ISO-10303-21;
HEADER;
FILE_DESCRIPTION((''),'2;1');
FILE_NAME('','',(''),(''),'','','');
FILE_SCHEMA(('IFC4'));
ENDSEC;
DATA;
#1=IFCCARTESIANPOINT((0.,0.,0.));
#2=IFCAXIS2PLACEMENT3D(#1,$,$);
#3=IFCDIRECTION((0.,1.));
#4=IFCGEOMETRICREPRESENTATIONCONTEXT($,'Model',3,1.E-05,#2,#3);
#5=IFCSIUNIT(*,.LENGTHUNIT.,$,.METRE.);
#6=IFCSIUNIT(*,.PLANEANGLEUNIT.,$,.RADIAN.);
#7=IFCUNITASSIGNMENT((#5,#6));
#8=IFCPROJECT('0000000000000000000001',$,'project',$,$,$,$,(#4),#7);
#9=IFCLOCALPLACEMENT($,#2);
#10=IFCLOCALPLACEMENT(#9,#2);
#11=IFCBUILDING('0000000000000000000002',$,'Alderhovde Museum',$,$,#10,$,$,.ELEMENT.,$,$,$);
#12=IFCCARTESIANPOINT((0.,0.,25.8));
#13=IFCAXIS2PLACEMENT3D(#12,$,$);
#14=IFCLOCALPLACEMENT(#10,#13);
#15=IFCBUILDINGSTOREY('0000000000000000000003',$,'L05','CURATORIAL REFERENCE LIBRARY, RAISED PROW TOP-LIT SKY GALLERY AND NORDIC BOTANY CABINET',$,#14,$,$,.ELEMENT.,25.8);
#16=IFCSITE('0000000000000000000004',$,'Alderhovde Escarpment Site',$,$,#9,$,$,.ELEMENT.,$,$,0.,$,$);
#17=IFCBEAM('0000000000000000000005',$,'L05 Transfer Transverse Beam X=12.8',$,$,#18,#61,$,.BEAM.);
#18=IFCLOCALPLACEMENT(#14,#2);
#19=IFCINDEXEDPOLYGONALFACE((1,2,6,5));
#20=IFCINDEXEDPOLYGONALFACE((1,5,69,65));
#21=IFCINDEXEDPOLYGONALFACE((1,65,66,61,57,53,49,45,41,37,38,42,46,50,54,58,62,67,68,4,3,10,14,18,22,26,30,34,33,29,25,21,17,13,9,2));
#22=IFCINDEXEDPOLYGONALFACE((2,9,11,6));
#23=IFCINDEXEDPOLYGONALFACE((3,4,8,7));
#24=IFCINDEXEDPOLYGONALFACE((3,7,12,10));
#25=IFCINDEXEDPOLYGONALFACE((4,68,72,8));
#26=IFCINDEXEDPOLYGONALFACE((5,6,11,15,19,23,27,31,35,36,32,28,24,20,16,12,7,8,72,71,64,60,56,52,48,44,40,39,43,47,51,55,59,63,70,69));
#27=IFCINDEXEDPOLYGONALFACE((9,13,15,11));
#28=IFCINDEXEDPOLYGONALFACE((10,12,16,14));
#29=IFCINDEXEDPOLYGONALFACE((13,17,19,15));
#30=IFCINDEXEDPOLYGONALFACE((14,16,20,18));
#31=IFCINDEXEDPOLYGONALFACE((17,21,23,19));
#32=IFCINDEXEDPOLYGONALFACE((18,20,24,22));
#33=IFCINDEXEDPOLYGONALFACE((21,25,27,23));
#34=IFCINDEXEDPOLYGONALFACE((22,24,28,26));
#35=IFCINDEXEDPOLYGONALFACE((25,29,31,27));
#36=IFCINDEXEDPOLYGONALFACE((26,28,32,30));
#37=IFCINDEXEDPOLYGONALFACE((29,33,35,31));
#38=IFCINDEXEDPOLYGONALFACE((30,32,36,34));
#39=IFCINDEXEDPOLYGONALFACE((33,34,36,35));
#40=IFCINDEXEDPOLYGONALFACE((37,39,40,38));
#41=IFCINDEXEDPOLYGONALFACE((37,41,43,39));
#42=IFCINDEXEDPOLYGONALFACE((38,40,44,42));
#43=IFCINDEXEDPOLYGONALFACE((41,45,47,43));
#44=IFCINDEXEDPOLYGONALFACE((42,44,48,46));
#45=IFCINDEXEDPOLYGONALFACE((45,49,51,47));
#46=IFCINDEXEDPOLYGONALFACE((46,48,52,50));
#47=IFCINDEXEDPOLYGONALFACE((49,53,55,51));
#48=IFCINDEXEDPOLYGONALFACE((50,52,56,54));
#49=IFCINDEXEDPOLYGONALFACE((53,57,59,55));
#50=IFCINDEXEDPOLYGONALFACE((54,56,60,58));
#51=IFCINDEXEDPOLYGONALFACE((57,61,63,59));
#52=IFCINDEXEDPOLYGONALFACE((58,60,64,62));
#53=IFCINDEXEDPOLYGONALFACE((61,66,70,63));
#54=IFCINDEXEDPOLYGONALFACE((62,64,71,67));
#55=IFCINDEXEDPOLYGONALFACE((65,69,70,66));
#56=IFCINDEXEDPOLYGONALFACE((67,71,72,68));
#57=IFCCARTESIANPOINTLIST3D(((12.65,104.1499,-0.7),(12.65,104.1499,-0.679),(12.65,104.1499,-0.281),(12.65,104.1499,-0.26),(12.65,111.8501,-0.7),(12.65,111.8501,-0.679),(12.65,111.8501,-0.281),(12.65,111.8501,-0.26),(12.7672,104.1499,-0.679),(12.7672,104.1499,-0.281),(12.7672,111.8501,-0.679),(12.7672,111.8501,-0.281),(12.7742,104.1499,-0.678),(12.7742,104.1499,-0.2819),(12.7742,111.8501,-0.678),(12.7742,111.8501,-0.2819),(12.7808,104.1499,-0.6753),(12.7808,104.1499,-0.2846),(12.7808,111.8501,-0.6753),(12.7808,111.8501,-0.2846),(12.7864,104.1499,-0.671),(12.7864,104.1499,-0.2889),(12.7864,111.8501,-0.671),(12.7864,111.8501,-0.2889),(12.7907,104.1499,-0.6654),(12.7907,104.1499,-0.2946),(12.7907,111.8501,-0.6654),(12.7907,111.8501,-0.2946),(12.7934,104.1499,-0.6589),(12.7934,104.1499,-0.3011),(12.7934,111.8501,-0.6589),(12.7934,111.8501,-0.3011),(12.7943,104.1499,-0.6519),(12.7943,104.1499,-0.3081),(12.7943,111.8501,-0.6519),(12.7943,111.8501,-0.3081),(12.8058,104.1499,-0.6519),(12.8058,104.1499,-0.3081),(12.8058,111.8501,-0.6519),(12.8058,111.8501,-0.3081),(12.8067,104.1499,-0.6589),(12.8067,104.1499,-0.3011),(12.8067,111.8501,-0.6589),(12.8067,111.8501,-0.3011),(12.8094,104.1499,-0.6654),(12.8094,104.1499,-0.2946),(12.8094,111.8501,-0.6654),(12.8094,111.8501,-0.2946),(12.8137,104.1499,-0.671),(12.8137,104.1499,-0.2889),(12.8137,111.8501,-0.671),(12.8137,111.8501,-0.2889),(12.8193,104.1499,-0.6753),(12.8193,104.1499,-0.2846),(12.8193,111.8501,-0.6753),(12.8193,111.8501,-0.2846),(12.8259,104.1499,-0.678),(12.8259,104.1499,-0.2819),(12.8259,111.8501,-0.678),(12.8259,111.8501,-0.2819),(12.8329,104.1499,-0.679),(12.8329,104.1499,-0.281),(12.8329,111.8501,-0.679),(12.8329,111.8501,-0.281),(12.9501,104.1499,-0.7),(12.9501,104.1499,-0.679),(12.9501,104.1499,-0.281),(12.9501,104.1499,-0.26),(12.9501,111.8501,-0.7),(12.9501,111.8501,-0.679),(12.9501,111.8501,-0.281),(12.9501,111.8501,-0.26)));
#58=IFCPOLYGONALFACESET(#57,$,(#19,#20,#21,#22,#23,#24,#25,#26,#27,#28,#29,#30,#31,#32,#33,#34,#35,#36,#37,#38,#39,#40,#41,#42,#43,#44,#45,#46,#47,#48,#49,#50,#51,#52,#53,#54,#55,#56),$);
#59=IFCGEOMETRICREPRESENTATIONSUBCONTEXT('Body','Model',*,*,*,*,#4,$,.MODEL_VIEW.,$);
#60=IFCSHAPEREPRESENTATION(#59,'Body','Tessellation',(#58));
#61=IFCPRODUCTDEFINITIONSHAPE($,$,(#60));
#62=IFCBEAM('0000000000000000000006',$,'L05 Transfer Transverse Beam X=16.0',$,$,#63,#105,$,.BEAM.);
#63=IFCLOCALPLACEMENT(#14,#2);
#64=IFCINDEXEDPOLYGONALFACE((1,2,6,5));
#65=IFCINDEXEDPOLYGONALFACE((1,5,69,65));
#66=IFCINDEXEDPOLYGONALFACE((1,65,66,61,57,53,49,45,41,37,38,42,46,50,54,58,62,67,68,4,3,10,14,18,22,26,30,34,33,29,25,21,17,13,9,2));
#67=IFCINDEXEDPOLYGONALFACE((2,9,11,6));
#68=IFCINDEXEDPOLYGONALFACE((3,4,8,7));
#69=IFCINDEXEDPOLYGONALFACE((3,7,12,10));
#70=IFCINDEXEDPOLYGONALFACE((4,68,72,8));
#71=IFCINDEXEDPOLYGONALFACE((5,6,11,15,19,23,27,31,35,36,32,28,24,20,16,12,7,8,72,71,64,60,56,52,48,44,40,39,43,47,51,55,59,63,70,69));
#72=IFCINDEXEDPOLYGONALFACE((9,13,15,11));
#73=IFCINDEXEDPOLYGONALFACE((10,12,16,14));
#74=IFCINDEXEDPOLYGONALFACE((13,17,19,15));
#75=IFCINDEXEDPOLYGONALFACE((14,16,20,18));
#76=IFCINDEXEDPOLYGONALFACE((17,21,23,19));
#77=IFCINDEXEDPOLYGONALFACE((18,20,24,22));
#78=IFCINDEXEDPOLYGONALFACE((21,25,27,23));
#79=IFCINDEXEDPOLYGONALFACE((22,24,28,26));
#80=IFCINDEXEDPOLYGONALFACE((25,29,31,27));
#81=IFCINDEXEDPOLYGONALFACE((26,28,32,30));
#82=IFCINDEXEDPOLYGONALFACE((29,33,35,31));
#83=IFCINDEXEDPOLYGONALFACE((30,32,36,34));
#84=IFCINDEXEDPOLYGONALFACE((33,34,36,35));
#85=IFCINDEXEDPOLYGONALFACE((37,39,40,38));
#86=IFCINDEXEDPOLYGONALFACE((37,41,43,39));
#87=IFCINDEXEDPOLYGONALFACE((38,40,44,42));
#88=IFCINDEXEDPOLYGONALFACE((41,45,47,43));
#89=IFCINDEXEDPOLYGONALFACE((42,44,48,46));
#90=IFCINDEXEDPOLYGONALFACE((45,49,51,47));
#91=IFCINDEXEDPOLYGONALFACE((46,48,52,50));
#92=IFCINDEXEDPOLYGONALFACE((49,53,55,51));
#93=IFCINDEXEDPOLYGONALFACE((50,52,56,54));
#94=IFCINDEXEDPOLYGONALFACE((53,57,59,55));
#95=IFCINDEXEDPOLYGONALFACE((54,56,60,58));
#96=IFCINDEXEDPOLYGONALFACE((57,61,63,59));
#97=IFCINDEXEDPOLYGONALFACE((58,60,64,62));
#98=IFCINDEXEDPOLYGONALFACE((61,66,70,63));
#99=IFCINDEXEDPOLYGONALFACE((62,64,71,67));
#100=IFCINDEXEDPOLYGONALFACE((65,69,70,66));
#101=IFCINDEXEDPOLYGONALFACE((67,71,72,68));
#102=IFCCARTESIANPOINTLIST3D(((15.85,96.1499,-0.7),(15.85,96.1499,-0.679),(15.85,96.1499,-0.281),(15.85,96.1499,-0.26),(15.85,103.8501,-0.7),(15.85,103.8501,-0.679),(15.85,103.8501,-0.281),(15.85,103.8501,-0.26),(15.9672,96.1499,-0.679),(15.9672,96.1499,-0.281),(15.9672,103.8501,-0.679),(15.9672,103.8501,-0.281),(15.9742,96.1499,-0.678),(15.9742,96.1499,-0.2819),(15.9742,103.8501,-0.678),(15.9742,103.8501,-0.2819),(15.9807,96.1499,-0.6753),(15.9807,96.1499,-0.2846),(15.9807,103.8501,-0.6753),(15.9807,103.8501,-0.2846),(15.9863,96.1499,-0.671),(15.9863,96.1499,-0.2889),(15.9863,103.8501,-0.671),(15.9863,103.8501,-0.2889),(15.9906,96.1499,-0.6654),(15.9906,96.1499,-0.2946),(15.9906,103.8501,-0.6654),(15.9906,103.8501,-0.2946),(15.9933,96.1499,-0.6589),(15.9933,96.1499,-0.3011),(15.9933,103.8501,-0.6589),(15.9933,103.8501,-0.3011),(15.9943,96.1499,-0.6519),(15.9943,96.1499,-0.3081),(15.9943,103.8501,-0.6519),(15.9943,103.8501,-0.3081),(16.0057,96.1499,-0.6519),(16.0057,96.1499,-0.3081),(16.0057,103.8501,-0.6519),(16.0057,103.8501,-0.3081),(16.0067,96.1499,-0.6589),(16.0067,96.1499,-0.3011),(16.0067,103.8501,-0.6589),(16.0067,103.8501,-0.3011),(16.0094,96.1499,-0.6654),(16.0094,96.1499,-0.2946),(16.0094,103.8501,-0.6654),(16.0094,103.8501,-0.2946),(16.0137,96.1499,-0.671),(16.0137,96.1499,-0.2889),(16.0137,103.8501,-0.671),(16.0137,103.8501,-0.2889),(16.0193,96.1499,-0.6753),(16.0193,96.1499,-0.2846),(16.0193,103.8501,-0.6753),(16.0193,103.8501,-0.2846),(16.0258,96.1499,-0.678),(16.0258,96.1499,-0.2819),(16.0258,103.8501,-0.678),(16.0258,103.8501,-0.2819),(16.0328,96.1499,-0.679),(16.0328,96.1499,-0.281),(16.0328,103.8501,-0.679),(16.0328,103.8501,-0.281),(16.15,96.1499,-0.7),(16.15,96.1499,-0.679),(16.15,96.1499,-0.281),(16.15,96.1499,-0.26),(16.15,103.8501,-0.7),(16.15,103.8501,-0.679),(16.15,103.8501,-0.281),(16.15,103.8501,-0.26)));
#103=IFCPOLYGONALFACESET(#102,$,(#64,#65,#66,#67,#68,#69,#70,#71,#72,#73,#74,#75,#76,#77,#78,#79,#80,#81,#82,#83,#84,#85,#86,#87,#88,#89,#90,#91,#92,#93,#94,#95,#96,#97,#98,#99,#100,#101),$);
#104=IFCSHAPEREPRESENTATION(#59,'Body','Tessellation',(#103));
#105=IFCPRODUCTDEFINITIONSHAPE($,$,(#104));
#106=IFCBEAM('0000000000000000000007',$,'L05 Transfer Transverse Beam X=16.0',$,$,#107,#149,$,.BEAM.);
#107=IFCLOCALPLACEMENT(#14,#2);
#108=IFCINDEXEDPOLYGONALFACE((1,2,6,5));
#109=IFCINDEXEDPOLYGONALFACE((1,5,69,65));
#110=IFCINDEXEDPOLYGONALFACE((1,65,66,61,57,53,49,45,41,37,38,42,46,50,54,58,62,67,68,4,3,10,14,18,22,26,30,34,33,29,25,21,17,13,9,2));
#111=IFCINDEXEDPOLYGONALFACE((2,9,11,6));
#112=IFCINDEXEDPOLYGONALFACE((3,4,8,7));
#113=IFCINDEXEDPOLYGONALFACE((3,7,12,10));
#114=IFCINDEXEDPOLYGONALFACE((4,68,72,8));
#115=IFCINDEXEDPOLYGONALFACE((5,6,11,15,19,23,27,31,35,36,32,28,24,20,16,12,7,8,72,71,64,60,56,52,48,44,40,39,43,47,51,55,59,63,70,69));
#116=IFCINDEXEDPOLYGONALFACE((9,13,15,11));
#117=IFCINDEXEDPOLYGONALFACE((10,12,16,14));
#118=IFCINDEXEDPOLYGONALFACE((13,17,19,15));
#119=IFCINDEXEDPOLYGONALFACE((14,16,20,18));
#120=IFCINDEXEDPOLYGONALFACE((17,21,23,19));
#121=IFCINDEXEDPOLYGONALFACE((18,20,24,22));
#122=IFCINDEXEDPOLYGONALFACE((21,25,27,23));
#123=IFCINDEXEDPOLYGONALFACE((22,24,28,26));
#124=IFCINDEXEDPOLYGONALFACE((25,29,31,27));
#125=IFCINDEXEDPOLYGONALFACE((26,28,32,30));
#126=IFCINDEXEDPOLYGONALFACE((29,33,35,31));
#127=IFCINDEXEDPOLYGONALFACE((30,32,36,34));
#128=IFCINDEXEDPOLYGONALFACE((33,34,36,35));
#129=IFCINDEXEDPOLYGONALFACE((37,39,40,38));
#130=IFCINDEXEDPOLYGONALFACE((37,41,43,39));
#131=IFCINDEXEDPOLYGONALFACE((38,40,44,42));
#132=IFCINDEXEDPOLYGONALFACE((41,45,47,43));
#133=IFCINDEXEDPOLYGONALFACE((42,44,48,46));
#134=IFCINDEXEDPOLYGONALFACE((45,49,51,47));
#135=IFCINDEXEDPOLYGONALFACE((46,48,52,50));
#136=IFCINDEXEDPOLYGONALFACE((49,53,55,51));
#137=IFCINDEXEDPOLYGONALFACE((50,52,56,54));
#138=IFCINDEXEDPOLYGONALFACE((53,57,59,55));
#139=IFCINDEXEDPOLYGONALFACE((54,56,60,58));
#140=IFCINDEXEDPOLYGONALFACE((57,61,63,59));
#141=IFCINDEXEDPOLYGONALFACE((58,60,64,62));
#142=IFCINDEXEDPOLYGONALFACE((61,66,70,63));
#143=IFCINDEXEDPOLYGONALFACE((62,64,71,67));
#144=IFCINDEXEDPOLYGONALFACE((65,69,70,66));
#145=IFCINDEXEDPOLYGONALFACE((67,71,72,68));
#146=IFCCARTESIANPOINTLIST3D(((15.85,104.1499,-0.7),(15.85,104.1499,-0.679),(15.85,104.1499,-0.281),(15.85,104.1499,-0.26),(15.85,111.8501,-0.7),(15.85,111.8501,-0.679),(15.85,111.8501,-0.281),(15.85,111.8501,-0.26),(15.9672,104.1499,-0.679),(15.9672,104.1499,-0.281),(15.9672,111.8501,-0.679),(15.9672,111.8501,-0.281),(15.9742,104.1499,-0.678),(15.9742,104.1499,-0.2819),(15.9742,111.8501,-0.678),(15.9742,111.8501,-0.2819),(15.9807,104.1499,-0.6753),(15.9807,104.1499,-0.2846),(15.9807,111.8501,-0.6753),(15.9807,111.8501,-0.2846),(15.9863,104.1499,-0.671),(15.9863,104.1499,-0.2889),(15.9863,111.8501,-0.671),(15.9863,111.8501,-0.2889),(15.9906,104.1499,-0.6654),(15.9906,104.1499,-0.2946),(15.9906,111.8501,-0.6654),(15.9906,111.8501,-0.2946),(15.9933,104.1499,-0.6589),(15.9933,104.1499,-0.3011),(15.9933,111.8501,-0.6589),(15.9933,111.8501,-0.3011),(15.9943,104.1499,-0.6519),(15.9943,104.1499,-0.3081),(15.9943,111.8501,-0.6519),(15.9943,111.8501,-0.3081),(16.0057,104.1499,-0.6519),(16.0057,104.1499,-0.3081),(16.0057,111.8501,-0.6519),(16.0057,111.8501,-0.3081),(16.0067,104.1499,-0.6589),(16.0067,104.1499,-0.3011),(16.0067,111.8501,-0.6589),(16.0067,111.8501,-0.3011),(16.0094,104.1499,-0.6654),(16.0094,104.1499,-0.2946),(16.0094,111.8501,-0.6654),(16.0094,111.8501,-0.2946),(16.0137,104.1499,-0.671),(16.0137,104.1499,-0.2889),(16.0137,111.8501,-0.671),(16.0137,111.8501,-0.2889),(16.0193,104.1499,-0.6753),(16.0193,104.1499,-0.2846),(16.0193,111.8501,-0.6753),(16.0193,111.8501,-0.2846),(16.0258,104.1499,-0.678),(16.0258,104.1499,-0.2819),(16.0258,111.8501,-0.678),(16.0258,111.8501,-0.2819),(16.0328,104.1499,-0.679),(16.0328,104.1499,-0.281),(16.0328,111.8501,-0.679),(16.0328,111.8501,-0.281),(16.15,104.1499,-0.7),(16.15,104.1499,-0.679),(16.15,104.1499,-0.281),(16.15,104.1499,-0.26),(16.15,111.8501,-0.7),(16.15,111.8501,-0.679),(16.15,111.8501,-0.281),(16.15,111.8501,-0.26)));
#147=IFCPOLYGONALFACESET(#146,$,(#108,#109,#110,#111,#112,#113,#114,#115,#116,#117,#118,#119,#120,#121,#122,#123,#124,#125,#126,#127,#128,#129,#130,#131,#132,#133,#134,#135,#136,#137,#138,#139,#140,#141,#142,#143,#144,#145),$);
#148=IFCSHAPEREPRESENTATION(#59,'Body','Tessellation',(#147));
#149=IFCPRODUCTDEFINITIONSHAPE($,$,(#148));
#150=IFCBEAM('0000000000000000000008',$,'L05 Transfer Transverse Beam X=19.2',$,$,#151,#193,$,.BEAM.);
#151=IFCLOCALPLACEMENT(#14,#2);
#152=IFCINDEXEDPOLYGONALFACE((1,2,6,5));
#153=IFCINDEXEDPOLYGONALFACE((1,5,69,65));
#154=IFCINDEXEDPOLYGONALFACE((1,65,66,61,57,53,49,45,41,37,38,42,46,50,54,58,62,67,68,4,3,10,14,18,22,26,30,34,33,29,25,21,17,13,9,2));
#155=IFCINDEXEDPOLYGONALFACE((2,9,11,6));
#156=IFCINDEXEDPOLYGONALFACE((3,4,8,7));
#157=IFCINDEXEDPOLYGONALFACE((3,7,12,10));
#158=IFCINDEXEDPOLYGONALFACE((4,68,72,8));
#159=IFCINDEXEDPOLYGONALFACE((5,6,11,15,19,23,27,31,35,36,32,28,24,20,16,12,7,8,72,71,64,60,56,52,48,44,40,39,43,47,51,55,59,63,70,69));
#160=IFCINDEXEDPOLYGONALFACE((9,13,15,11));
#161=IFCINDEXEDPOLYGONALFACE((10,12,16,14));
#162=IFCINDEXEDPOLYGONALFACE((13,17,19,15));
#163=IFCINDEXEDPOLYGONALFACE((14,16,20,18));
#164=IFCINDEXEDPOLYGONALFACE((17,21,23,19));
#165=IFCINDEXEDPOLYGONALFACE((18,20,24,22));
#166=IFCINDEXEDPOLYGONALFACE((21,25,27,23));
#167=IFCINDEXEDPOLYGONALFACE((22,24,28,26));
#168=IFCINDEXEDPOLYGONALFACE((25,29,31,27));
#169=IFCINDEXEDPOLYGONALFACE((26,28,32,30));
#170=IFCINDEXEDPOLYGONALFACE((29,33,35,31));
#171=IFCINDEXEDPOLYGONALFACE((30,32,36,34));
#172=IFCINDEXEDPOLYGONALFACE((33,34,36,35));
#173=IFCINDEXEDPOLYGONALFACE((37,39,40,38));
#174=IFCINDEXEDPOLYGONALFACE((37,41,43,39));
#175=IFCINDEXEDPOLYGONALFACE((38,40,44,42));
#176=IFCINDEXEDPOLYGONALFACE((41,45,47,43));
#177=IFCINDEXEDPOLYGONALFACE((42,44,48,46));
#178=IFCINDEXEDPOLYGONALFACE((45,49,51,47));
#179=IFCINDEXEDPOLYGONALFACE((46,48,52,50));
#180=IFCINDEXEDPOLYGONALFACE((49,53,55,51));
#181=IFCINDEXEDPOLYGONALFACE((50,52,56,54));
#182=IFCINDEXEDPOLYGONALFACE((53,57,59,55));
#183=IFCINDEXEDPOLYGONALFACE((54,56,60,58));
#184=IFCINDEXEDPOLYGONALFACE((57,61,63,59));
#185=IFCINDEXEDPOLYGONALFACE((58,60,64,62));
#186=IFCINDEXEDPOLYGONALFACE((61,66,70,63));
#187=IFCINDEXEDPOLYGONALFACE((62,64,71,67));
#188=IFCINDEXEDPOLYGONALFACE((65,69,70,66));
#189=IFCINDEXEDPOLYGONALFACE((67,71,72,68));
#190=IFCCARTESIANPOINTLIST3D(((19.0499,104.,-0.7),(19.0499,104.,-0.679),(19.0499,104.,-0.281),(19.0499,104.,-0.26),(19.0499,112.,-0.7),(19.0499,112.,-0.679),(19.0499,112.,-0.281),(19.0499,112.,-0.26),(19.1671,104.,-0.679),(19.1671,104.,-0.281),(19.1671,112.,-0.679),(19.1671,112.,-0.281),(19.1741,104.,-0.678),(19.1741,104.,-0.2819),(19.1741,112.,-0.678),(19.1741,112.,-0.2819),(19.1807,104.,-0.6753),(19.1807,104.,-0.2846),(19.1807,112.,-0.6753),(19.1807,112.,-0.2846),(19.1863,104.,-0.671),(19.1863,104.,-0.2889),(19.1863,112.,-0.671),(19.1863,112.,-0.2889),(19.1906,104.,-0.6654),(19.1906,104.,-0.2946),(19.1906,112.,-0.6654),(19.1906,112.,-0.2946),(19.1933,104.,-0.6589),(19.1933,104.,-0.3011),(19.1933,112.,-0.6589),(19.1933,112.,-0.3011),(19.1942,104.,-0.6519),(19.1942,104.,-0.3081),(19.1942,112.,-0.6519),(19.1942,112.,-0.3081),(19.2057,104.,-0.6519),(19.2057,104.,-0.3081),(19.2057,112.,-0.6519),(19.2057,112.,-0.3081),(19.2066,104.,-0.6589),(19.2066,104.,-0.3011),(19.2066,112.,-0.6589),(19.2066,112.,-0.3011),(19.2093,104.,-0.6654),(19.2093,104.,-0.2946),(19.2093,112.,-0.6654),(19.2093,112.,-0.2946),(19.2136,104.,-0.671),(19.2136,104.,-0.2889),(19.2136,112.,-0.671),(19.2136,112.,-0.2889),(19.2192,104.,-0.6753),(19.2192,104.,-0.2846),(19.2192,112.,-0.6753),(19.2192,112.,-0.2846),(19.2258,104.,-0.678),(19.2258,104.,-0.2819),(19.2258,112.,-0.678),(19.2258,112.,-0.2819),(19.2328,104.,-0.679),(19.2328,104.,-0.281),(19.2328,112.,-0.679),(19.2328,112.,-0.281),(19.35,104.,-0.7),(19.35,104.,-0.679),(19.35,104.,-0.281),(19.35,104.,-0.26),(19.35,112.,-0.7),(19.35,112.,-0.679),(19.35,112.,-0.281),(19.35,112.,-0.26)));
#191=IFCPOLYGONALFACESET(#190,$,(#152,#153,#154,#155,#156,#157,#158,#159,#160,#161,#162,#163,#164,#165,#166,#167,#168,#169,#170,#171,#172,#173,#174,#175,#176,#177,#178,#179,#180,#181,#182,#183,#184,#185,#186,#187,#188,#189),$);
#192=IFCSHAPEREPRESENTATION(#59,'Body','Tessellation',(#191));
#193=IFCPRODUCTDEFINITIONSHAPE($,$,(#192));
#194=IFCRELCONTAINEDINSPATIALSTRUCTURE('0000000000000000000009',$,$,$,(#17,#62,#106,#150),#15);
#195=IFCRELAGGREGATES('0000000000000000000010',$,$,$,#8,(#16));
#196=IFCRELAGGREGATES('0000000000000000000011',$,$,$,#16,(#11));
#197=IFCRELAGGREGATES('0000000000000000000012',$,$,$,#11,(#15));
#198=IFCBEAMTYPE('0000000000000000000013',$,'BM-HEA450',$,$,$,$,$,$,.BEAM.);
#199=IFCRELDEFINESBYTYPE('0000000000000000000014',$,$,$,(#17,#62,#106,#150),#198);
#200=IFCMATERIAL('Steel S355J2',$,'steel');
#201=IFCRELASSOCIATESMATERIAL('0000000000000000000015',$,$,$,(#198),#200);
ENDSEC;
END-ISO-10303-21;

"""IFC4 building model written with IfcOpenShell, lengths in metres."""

from ifc_helpers import new_model, si_unit, direction, frame, origin, origin_2d, place, context, subcontext, project, spatial, i_section, extrude, material, material_profile, profile_set, type_object, element, save


model = new_model("IFC4")

# Units and contexts
model_context = context("Model", 3, precision=1e-05, world=origin(), true_north=direction((0.0, 1.0)))
body_context = subcontext(model_context, "Body", "Model", "MODEL_VIEW")
ifc_project = project(units=[si_unit("LENGTHUNIT", "METRE"), si_unit("PLANEANGLEUNIT", "RADIAN")], contexts=[model_context])

# Site, building, storey
site_placement = place(None, origin())
site = spatial("IfcSite", under=ifc_project, at=site_placement, Name="Alderhovde Escarpment Site", CompositionType="ELEMENT", RefElevation=0.0)
building_placement = place(site_placement, origin())
building = spatial("IfcBuilding", under=site, at=building_placement, Name="Alderhovde Museum", CompositionType="ELEMENT")
storey_placement = place(building_placement, frame((0.0, 0.0, 25.8)))
storey = spatial("IfcBuildingStorey", under=building, at=storey_placement, Name="L05", Description="CURATORIAL REFERENCE LIBRARY, RAISED PROW TOP-LIT SKY GALLERY AND NORDIC BOTANY CABINET", CompositionType="ELEMENT", Elevation=25.8)

# Beams
ifc_material_1 = material(Name="Steel S355J2", Category="steel")
ifc_material_profile_1 = material_profile(ifc_material_1, i_section(OverallWidth=0.3, OverallDepth=0.4399, WebThickness=0.0115, FlangeThickness=0.021, FilletRadius=0.0271, at=origin_2d()), Name="HEA 450")
ifc_profile_set_1 = profile_set([ifc_material_profile_1], Name="Steel S355J2")
beam_type = type_object("IfcBeamType", Name="BM-HEA450", PredefinedType="BEAM", material=ifc_profile_set_1)
for number, where, z_axis, x_axis, name in (
    (1, (12.8, 104.1499, -0.48), (0.0, 1.0, 0.0), (-1.0, 0.0, 0.0), "L05 Transfer Transverse Beam X=12.8"),
    (2, (16.0, 96.1499, -0.48), (0.0, 1.0, 0.0), (-1.0, 0.0, 0.0), "L05 Transfer Transverse Beam X=16.0"),
    (3, (16.0, 104.1499, -0.48), (0.0, 1.0, 0.0), (-1.0, 0.0, 0.0), "L05 Transfer Transverse Beam X=16.0"),
):
    element("IfcBeam", number, at=place(storey_placement, frame(where, z_axis=z_axis, x_axis=x_axis)), inside=storey, type_object=beam_type, Name=name, PredefinedType="BEAM", context=body_context, shape_type="SweptSolid", body=[
        extrude(i_section(OverallWidth=0.3, OverallDepth=0.4399, WebThickness=0.0115, FlangeThickness=0.021, FilletRadius=0.0271, at=origin_2d()), origin(), (0.0, 0.0, 1.0), 7.7002),
    ])
beam_1_placement = place(storey_placement, frame((19.2, 104.0, -0.48), z_axis=(0.0, 1.0, 0.0), x_axis=(-1.0, 0.0, 0.0)))
element("IfcBeam", 4, at=beam_1_placement, inside=storey, type_object=beam_type, Name="L05 Transfer Transverse Beam X=19.2", PredefinedType="BEAM", context=body_context, shape_type="SweptSolid", body=[
    extrude(i_section(OverallWidth=0.3, OverallDepth=0.4399, WebThickness=0.0115, FlangeThickness=0.021, FilletRadius=0.0271, at=origin_2d()), origin(), (0.0, 0.0, 1.0), 8.0),
])

save(model, "model.ifc")
